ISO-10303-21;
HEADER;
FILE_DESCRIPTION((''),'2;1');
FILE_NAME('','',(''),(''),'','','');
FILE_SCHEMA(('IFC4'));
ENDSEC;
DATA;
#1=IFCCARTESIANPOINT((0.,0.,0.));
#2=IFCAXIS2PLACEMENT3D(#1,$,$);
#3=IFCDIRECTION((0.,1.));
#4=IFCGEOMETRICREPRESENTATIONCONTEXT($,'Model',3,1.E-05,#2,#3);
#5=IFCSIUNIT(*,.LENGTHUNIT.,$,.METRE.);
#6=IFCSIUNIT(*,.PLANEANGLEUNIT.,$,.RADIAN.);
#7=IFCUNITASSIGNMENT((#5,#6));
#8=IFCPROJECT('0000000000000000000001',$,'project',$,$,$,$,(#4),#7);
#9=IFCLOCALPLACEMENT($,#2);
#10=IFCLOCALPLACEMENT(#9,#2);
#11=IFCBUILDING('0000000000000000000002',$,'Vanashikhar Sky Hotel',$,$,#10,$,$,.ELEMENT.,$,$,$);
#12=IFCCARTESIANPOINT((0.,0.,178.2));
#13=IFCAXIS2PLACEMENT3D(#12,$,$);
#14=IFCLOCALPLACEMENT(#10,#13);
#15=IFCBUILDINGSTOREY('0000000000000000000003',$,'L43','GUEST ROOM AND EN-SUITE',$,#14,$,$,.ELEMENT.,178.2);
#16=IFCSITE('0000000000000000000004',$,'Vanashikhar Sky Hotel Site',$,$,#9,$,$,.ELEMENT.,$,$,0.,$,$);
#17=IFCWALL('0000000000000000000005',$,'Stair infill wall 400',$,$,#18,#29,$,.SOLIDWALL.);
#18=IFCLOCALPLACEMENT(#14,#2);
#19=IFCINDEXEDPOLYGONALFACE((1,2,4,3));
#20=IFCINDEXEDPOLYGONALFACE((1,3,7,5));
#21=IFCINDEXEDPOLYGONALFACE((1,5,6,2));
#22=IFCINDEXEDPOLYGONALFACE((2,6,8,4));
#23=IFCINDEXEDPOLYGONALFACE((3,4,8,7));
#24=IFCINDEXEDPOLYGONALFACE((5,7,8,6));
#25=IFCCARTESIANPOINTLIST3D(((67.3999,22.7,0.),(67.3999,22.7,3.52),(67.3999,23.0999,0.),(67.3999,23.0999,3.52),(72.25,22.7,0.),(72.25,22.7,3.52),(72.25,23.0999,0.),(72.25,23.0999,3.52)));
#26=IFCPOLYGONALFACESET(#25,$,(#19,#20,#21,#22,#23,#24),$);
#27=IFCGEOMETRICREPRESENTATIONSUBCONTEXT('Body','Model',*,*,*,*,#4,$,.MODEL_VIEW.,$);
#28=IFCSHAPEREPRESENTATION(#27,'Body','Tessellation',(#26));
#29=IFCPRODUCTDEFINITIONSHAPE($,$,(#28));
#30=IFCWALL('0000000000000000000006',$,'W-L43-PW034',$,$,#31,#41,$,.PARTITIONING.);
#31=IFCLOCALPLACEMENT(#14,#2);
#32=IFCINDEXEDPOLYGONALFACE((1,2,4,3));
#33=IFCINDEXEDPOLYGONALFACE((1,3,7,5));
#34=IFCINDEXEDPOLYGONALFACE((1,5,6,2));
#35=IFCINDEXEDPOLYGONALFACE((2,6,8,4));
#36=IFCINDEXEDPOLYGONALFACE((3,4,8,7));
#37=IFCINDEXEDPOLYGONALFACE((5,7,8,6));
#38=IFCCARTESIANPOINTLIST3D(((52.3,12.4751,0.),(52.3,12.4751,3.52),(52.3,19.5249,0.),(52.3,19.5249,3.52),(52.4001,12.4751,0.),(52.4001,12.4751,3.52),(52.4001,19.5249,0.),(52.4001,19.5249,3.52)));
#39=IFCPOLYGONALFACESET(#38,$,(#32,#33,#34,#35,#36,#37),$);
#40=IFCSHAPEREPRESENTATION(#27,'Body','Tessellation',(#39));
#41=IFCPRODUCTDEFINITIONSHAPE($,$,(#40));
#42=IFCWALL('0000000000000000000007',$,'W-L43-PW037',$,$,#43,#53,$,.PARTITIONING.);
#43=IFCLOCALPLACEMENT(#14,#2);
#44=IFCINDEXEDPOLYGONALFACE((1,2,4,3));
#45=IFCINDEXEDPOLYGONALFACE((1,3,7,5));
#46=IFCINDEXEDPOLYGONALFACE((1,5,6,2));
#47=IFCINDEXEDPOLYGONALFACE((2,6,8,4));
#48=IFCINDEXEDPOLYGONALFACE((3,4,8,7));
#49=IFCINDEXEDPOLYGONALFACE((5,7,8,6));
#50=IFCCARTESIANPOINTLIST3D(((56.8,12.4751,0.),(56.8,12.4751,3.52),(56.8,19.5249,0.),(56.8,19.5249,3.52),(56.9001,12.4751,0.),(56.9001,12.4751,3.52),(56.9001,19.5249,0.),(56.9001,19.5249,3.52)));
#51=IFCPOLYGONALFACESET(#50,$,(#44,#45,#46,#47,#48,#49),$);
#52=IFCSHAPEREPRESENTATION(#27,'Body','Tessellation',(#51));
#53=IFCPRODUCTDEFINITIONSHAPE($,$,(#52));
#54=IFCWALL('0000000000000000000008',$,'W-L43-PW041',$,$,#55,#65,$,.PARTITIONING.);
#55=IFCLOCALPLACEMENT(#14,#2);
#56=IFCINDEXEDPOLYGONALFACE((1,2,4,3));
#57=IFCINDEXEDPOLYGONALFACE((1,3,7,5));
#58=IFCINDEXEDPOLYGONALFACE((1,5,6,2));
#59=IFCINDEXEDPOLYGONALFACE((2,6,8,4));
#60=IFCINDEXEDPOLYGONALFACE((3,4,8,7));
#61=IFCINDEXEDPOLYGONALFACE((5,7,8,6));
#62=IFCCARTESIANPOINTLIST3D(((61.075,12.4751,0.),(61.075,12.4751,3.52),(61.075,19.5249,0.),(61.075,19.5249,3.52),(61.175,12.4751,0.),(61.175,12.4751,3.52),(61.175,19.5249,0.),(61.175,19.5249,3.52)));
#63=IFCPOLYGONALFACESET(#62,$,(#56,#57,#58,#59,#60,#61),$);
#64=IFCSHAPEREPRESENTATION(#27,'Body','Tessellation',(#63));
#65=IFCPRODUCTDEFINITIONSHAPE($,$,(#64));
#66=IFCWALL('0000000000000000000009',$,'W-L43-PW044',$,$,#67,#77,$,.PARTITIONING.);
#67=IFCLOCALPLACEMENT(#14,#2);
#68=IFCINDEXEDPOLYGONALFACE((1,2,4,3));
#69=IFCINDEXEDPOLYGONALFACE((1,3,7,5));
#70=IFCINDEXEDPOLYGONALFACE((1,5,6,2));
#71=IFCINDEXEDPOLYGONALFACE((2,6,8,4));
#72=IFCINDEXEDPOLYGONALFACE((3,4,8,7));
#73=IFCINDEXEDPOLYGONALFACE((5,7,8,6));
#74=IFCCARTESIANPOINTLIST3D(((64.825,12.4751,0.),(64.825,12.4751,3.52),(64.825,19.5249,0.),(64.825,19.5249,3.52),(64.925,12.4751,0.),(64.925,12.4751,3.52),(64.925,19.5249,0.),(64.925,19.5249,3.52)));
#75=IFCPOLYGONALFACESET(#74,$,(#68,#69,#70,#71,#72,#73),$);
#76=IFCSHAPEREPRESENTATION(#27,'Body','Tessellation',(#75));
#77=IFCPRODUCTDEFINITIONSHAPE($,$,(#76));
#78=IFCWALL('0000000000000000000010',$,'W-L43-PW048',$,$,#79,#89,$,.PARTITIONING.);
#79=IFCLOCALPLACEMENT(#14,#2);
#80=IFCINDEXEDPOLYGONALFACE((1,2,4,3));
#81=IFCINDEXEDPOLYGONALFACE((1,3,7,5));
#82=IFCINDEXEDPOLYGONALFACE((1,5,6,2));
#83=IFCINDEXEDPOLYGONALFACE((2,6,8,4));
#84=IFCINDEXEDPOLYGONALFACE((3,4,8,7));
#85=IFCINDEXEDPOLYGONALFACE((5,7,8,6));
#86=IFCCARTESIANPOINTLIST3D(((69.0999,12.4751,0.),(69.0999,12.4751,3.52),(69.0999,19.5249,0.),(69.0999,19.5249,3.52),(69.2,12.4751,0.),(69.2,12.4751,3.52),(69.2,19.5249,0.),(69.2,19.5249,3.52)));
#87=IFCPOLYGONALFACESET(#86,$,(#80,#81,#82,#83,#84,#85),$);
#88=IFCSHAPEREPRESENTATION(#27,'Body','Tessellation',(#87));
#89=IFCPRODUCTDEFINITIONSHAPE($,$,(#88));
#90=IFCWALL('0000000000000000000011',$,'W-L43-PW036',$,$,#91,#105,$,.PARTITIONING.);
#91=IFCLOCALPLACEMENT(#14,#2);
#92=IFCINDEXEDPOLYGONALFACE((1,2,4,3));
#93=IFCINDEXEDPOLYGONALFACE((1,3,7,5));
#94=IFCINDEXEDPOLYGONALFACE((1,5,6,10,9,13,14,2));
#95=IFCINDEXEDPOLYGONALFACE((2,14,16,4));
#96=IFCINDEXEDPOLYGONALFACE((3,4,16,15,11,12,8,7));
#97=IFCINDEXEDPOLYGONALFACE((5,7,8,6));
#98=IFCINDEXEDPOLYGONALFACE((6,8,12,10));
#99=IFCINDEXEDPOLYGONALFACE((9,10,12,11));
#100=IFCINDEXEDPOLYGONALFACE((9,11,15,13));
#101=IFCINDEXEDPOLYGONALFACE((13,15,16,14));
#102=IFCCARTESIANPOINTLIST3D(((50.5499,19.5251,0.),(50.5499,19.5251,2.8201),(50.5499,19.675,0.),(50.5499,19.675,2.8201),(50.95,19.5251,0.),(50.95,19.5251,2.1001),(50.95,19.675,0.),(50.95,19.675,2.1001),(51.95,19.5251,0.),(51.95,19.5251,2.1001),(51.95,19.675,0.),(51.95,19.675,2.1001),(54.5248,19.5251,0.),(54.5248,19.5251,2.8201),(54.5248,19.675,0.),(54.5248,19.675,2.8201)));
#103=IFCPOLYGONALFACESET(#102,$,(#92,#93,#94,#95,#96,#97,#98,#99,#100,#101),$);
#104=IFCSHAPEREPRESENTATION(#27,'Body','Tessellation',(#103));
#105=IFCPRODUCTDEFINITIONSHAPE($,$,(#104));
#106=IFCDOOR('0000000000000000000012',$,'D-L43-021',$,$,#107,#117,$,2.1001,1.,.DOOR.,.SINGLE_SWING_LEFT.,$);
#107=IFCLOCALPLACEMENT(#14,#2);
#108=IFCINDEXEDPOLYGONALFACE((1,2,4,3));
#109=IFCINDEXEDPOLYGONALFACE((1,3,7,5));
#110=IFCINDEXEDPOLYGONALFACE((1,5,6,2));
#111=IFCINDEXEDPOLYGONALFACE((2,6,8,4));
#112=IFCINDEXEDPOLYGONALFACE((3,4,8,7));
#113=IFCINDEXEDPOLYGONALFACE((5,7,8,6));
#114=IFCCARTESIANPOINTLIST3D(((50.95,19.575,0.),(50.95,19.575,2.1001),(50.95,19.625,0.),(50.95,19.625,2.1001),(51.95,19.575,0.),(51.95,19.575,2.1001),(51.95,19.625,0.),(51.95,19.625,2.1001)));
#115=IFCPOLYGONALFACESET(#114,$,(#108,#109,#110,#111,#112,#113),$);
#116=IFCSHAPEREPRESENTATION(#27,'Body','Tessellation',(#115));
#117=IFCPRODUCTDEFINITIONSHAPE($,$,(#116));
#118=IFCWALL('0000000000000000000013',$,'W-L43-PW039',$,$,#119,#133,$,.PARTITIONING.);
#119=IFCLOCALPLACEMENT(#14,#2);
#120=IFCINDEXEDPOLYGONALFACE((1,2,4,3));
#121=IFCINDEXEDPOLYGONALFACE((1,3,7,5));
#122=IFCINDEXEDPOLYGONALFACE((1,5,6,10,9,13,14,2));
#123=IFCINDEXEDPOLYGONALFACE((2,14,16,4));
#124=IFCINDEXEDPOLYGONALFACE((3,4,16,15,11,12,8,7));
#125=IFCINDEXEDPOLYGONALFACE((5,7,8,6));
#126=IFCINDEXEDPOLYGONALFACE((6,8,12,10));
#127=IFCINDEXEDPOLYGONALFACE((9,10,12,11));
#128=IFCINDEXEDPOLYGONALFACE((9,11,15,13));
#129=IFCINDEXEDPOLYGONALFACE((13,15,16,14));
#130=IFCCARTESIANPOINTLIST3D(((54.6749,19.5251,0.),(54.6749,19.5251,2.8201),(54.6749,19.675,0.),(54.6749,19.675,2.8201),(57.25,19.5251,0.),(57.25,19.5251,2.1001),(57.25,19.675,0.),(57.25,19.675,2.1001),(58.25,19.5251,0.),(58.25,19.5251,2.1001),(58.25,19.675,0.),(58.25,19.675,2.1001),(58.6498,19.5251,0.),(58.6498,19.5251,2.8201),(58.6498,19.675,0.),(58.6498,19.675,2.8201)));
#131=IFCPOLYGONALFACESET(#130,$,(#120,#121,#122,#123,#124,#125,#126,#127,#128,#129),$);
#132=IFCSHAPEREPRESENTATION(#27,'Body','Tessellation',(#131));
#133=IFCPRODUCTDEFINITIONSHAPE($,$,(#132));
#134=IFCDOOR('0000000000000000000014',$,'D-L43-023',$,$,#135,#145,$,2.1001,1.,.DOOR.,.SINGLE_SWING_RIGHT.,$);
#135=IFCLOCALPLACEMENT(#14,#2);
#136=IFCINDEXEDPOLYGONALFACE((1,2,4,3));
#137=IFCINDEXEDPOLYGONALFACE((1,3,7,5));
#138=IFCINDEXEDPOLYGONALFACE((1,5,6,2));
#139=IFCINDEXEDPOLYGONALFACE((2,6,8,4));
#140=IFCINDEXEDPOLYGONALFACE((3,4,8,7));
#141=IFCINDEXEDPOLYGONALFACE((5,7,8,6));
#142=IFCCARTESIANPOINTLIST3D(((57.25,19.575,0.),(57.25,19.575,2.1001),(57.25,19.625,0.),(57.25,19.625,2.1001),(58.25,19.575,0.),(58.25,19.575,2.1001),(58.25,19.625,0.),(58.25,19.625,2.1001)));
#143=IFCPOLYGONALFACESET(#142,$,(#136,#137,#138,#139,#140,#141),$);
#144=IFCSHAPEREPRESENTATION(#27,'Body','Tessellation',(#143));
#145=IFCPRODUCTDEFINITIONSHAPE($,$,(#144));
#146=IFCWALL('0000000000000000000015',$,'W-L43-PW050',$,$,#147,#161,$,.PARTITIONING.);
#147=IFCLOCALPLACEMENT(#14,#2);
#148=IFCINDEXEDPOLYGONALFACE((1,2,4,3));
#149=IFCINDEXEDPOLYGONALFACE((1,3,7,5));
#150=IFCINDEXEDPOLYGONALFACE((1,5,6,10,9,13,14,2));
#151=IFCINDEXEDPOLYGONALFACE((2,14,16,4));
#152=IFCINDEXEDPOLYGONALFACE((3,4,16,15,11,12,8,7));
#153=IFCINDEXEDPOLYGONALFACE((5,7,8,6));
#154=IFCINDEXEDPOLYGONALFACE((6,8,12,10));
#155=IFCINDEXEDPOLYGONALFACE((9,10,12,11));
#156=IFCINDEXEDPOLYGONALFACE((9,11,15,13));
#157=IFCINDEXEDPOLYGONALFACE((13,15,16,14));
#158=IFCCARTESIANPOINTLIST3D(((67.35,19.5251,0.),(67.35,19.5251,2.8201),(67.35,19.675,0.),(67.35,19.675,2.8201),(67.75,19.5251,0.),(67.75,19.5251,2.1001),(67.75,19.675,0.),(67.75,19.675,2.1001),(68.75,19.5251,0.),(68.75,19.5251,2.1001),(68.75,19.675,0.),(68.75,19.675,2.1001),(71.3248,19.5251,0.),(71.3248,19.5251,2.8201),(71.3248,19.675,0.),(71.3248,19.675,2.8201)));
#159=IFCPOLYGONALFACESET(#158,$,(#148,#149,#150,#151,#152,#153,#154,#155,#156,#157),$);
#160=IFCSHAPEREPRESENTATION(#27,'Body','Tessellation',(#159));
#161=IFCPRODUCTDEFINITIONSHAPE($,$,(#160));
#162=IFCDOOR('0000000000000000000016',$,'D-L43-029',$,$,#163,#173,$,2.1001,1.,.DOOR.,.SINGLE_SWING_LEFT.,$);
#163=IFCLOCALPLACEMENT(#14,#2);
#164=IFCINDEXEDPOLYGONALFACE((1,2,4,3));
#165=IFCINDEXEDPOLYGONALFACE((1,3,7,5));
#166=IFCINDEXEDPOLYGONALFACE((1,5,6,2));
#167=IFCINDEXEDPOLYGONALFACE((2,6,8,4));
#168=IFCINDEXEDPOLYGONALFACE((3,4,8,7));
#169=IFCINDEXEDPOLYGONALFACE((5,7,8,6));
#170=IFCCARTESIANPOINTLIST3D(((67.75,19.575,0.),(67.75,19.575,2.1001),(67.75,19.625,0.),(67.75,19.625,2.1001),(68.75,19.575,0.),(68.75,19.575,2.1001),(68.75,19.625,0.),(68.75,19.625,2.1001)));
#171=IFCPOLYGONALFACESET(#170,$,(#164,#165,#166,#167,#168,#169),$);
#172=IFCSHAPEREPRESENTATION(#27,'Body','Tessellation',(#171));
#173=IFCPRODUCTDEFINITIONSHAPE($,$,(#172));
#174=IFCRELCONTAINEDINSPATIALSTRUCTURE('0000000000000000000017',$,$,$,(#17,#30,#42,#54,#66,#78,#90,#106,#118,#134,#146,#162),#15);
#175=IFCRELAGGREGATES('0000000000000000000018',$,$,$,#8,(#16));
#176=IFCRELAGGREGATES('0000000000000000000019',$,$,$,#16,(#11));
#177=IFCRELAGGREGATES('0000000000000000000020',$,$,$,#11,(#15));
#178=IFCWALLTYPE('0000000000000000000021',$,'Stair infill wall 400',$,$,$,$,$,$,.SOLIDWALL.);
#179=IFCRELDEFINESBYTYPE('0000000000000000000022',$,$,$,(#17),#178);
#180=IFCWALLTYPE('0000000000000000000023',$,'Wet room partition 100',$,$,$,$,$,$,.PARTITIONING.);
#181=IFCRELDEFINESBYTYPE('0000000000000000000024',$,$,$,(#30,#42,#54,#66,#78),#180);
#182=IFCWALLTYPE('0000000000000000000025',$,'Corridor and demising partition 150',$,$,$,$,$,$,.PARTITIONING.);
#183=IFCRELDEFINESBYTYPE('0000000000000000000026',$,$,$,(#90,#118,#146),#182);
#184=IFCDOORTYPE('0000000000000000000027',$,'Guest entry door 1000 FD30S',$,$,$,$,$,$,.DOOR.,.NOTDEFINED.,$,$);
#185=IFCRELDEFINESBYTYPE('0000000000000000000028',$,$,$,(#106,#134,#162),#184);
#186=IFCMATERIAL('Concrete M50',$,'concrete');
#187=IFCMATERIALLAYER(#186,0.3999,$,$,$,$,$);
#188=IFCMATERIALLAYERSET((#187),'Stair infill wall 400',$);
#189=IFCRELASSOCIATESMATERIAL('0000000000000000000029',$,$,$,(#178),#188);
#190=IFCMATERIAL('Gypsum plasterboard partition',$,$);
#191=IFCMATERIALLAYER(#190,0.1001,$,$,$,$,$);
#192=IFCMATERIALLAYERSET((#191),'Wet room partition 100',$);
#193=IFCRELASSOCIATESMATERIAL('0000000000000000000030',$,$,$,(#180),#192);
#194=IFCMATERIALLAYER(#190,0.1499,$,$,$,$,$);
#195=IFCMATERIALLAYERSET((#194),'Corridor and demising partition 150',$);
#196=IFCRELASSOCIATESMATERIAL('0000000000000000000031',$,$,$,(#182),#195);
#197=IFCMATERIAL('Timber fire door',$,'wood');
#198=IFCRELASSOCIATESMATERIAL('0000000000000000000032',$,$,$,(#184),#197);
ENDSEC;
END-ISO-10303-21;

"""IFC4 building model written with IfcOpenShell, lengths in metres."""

from ifc_helpers import new_model, si_unit, direction, frame, frame_2d, origin, place, context, subcontext, project, spatial, rectangle, extrude, source, transform, mapped, material, layer, layer_set, type_object, element, fill, save


model = new_model("IFC4")

# Units and contexts
model_context = context("Model", 3, precision=1e-05, world=origin(), true_north=direction((0.0, 1.0)))
body_context = subcontext(model_context, "Body", "Model", "MODEL_VIEW")
ifc_project = project(units=[si_unit("LENGTHUNIT", "METRE"), si_unit("PLANEANGLEUNIT", "RADIAN")], contexts=[model_context])

# Site, building, storey
site_placement = place(None, origin())
site = spatial("IfcSite", under=ifc_project, at=site_placement, Name="Vanashikhar Sky Hotel Site", CompositionType="ELEMENT", RefElevation=0.0)
building_placement = place(site_placement, origin())
building = spatial("IfcBuilding", under=site, at=building_placement, Name="Vanashikhar Sky Hotel", CompositionType="ELEMENT")
storey_placement = place(building_placement, frame((0.0, 0.0, 178.2)))
storey = spatial("IfcBuildingStorey", under=building, at=storey_placement, Name="L43", Description="GUEST ROOM AND EN-SUITE", CompositionType="ELEMENT", Elevation=178.2)

# Shared definitions
ifc_material_1 = material(Name="Concrete M50", Category="concrete")

# Walls
ifc_layer_1 = layer(ifc_material_1, 0.3999)
ifc_layer_set_1 = layer_set([ifc_layer_1], Name="Stair infill wall 400")
wall_type_1 = type_object("IfcWallType", Name="Stair infill wall 400", PredefinedType="SOLIDWALL", material=ifc_layer_set_1)
shared_shape_1 = source(origin(), body_context, "Body", "SweptSolid", [
    extrude(rectangle(XDim=4.8501, YDim=0.3999, at=frame_2d((2.425, 0.0))), origin(), (0.0, 0.0, 1.0), 3.52),
])
wall_1_placement = place(storey_placement, frame((67.3999, 22.8999, 0.0), z_axis=(0.0, 0.0, 1.0), x_axis=(1.0, 0.0, 0.0)))
element("IfcWall", 1, at=wall_1_placement, inside=storey, type_object=wall_type_1, Name="Stair infill wall 400", PredefinedType="SOLIDWALL", context=body_context, shape_type="MappedRepresentation", body=[
    mapped(shared_shape_1, transform((0.0, 0.0, 0.0), scale=1.0)),
])
ifc_material_2 = material(Name="Gypsum plasterboard partition")
ifc_layer_2 = layer(ifc_material_2, 0.1001)
ifc_layer_set_2 = layer_set([ifc_layer_2], Name="Wet room partition 100")
wall_type_2 = type_object("IfcWallType", Name="Wet room partition 100", PredefinedType="PARTITIONING", material=ifc_layer_set_2)
shared_shape_2 = source(origin(), body_context, "Body", "SweptSolid", [
    extrude(rectangle(XDim=7.0498, YDim=0.1001, at=frame_2d((3.5249, 0.0))), origin(), (0.0, 0.0, 1.0), 3.52),
])
for number, where, z_axis, x_axis, name in (
    (2, (52.3501, 12.4751, 0.0), (0.0, 0.0, 1.0), (0.0, 1.0, 0.0), "W-L43-PW034"),
    (3, (56.8501, 12.4751, 0.0), (0.0, 0.0, 1.0), (0.0, 1.0, 0.0), "W-L43-PW037"),
    (4, (61.125, 12.4751, 0.0), (0.0, 0.0, 1.0), (0.0, 1.0, 0.0), "W-L43-PW041"),
    (5, (64.875, 12.4751, 0.0), (0.0, 0.0, 1.0), (0.0, 1.0, 0.0), "W-L43-PW044"),
    (6, (69.1499, 12.4751, 0.0), (0.0, 0.0, 1.0), (0.0, 1.0, 0.0), "W-L43-PW048"),
):
    element("IfcWall", number, at=place(storey_placement, frame(where, z_axis=z_axis, x_axis=x_axis)), inside=storey, type_object=wall_type_2, Name=name, PredefinedType="PARTITIONING", context=body_context, shape_type="MappedRepresentation", body=[
        mapped(shared_shape_2, transform((0.0, 0.0, 0.0), scale=1.0)),
    ])

# Walls, openings, doors
ifc_layer_3 = layer(ifc_material_2, 0.1499)
ifc_layer_set_3 = layer_set([ifc_layer_3], Name="Corridor and demising partition 150")
wall_type_3 = type_object("IfcWallType", Name="Corridor and demising partition 150", PredefinedType="PARTITIONING", material=ifc_layer_set_3)
shared_shape_3 = source(origin(), body_context, "Body", "SweptSolid", [
    extrude(rectangle(XDim=3.9749, YDim=0.1499, at=frame_2d((1.9873, 0.0))), origin(), (0.0, 0.0, 1.0), 2.8201),
])
wall_2_placement = place(storey_placement, frame((50.55, 19.6001, 0.0), z_axis=(0.0, 0.0, 1.0), x_axis=(1.0, 0.0, 0.0)))
wall_2 = element("IfcWall", 7, at=wall_2_placement, inside=storey, type_object=wall_type_3, Name="W-L43-PW036", PredefinedType="PARTITIONING", context=body_context, shape_type="MappedRepresentation", body=[
    mapped(shared_shape_3, transform((0.0, 0.0, 0.0), scale=1.0)),
])
shared_shape_4 = source(origin(), body_context, "Body", "SweptSolid", [
    extrude(rectangle(XDim=1.0, YDim=2.1001, at=frame_2d((0.5, 1.05))), frame((0.0, 0.085, 0.0), z_axis=(0.0, -1.0, 0.0), x_axis=(1.0, 0.0, 0.0)), (0.0, 0.0, 1.0), 0.1699),
])
opening_1_placement = place(wall_2_placement, frame((0.3999, 0.0, 0.0)))
opening_1 = element("IfcOpeningElement", 8, at=opening_1_placement, cuts=wall_2, PredefinedType="OPENING", context=body_context, shape_type="MappedRepresentation", body=[
    mapped(shared_shape_4, transform((0.0, 0.0, 0.0), scale=1.0)),
])
ifc_material_3 = material(Name="Timber fire door", Category="wood")
door_type_1 = type_object("IfcDoorType", Name="Guest entry door 1000 FD30S", OperationType="NOTDEFINED", PredefinedType="DOOR", material=ifc_material_3)
shared_shape_5 = source(origin(), body_context, "Body", "SweptSolid", [
    extrude(rectangle(XDim=1.0, YDim=2.1001, at=frame_2d((0.5, 1.05))), frame((0.0, 0.0249, 0.0), z_axis=(0.0, -1.0, 0.0), x_axis=(1.0, 0.0, 0.0)), (0.0, 0.0, 1.0), 0.05),
])
door_1_placement = place(opening_1_placement, origin())
door_1 = element("IfcDoor", 9, at=door_1_placement, inside=storey, type_object=door_type_1, Name="D-L43-021", OperationType="SINGLE_SWING_LEFT", OverallHeight=2.1001, OverallWidth=1.0, PredefinedType="DOOR", context=body_context, shape_type="MappedRepresentation", body=[
    mapped(shared_shape_5, transform((0.0, 0.0, 0.0), scale=1.0)),
])
fill(opening_1, door_1)
wall_3_placement = place(storey_placement, frame((54.675, 19.6001, 0.0), z_axis=(0.0, 0.0, 1.0), x_axis=(1.0, 0.0, 0.0)))
wall_3 = element("IfcWall", 10, at=wall_3_placement, inside=storey, type_object=wall_type_3, Name="W-L43-PW039", PredefinedType="PARTITIONING", context=body_context, shape_type="MappedRepresentation", body=[
    mapped(shared_shape_3, transform((0.0, 0.0, 0.0), scale=1.0)),
])
opening_2_placement = place(wall_3_placement, frame((2.575, 0.0, 0.0)))
opening_2 = element("IfcOpeningElement", 11, at=opening_2_placement, cuts=wall_3, PredefinedType="OPENING", context=body_context, shape_type="MappedRepresentation", body=[
    mapped(shared_shape_4, transform((0.0, 0.0, 0.0), scale=1.0)),
])
door_2_placement = place(opening_2_placement, origin())
door_2 = element("IfcDoor", 12, at=door_2_placement, inside=storey, type_object=door_type_1, Name="D-L43-023", OperationType="SINGLE_SWING_RIGHT", OverallHeight=2.1001, OverallWidth=1.0, PredefinedType="DOOR", context=body_context, shape_type="MappedRepresentation", body=[
    mapped(shared_shape_5, transform((0.0, 0.0, 0.0), scale=1.0)),
])
fill(opening_2, door_2)
wall_4_placement = place(storey_placement, frame((67.3501, 19.6001, 0.0), z_axis=(0.0, 0.0, 1.0), x_axis=(1.0, 0.0, 0.0)))
wall_4 = element("IfcWall", 13, at=wall_4_placement, inside=storey, type_object=wall_type_3, Name="W-L43-PW050", PredefinedType="PARTITIONING", context=body_context, shape_type="MappedRepresentation", body=[
    mapped(shared_shape_3, transform((0.0, 0.0, 0.0), scale=1.0)),
])
opening_3_placement = place(wall_4_placement, frame((0.3999, 0.0, 0.0)))
opening_3 = element("IfcOpeningElement", 14, at=opening_3_placement, cuts=wall_4, PredefinedType="OPENING", context=body_context, shape_type="MappedRepresentation", body=[
    mapped(shared_shape_4, transform((0.0, 0.0, 0.0), scale=1.0)),
])
door_3_placement = place(opening_3_placement, origin())
door_3 = element("IfcDoor", 15, at=door_3_placement, inside=storey, type_object=door_type_1, Name="D-L43-029", OperationType="SINGLE_SWING_LEFT", OverallHeight=2.1001, OverallWidth=1.0, PredefinedType="DOOR", context=body_context, shape_type="MappedRepresentation", body=[
    mapped(shared_shape_5, transform((0.0, 0.0, 0.0), scale=1.0)),
])
fill(opening_3, door_3)

save(model, "model.ifc")
